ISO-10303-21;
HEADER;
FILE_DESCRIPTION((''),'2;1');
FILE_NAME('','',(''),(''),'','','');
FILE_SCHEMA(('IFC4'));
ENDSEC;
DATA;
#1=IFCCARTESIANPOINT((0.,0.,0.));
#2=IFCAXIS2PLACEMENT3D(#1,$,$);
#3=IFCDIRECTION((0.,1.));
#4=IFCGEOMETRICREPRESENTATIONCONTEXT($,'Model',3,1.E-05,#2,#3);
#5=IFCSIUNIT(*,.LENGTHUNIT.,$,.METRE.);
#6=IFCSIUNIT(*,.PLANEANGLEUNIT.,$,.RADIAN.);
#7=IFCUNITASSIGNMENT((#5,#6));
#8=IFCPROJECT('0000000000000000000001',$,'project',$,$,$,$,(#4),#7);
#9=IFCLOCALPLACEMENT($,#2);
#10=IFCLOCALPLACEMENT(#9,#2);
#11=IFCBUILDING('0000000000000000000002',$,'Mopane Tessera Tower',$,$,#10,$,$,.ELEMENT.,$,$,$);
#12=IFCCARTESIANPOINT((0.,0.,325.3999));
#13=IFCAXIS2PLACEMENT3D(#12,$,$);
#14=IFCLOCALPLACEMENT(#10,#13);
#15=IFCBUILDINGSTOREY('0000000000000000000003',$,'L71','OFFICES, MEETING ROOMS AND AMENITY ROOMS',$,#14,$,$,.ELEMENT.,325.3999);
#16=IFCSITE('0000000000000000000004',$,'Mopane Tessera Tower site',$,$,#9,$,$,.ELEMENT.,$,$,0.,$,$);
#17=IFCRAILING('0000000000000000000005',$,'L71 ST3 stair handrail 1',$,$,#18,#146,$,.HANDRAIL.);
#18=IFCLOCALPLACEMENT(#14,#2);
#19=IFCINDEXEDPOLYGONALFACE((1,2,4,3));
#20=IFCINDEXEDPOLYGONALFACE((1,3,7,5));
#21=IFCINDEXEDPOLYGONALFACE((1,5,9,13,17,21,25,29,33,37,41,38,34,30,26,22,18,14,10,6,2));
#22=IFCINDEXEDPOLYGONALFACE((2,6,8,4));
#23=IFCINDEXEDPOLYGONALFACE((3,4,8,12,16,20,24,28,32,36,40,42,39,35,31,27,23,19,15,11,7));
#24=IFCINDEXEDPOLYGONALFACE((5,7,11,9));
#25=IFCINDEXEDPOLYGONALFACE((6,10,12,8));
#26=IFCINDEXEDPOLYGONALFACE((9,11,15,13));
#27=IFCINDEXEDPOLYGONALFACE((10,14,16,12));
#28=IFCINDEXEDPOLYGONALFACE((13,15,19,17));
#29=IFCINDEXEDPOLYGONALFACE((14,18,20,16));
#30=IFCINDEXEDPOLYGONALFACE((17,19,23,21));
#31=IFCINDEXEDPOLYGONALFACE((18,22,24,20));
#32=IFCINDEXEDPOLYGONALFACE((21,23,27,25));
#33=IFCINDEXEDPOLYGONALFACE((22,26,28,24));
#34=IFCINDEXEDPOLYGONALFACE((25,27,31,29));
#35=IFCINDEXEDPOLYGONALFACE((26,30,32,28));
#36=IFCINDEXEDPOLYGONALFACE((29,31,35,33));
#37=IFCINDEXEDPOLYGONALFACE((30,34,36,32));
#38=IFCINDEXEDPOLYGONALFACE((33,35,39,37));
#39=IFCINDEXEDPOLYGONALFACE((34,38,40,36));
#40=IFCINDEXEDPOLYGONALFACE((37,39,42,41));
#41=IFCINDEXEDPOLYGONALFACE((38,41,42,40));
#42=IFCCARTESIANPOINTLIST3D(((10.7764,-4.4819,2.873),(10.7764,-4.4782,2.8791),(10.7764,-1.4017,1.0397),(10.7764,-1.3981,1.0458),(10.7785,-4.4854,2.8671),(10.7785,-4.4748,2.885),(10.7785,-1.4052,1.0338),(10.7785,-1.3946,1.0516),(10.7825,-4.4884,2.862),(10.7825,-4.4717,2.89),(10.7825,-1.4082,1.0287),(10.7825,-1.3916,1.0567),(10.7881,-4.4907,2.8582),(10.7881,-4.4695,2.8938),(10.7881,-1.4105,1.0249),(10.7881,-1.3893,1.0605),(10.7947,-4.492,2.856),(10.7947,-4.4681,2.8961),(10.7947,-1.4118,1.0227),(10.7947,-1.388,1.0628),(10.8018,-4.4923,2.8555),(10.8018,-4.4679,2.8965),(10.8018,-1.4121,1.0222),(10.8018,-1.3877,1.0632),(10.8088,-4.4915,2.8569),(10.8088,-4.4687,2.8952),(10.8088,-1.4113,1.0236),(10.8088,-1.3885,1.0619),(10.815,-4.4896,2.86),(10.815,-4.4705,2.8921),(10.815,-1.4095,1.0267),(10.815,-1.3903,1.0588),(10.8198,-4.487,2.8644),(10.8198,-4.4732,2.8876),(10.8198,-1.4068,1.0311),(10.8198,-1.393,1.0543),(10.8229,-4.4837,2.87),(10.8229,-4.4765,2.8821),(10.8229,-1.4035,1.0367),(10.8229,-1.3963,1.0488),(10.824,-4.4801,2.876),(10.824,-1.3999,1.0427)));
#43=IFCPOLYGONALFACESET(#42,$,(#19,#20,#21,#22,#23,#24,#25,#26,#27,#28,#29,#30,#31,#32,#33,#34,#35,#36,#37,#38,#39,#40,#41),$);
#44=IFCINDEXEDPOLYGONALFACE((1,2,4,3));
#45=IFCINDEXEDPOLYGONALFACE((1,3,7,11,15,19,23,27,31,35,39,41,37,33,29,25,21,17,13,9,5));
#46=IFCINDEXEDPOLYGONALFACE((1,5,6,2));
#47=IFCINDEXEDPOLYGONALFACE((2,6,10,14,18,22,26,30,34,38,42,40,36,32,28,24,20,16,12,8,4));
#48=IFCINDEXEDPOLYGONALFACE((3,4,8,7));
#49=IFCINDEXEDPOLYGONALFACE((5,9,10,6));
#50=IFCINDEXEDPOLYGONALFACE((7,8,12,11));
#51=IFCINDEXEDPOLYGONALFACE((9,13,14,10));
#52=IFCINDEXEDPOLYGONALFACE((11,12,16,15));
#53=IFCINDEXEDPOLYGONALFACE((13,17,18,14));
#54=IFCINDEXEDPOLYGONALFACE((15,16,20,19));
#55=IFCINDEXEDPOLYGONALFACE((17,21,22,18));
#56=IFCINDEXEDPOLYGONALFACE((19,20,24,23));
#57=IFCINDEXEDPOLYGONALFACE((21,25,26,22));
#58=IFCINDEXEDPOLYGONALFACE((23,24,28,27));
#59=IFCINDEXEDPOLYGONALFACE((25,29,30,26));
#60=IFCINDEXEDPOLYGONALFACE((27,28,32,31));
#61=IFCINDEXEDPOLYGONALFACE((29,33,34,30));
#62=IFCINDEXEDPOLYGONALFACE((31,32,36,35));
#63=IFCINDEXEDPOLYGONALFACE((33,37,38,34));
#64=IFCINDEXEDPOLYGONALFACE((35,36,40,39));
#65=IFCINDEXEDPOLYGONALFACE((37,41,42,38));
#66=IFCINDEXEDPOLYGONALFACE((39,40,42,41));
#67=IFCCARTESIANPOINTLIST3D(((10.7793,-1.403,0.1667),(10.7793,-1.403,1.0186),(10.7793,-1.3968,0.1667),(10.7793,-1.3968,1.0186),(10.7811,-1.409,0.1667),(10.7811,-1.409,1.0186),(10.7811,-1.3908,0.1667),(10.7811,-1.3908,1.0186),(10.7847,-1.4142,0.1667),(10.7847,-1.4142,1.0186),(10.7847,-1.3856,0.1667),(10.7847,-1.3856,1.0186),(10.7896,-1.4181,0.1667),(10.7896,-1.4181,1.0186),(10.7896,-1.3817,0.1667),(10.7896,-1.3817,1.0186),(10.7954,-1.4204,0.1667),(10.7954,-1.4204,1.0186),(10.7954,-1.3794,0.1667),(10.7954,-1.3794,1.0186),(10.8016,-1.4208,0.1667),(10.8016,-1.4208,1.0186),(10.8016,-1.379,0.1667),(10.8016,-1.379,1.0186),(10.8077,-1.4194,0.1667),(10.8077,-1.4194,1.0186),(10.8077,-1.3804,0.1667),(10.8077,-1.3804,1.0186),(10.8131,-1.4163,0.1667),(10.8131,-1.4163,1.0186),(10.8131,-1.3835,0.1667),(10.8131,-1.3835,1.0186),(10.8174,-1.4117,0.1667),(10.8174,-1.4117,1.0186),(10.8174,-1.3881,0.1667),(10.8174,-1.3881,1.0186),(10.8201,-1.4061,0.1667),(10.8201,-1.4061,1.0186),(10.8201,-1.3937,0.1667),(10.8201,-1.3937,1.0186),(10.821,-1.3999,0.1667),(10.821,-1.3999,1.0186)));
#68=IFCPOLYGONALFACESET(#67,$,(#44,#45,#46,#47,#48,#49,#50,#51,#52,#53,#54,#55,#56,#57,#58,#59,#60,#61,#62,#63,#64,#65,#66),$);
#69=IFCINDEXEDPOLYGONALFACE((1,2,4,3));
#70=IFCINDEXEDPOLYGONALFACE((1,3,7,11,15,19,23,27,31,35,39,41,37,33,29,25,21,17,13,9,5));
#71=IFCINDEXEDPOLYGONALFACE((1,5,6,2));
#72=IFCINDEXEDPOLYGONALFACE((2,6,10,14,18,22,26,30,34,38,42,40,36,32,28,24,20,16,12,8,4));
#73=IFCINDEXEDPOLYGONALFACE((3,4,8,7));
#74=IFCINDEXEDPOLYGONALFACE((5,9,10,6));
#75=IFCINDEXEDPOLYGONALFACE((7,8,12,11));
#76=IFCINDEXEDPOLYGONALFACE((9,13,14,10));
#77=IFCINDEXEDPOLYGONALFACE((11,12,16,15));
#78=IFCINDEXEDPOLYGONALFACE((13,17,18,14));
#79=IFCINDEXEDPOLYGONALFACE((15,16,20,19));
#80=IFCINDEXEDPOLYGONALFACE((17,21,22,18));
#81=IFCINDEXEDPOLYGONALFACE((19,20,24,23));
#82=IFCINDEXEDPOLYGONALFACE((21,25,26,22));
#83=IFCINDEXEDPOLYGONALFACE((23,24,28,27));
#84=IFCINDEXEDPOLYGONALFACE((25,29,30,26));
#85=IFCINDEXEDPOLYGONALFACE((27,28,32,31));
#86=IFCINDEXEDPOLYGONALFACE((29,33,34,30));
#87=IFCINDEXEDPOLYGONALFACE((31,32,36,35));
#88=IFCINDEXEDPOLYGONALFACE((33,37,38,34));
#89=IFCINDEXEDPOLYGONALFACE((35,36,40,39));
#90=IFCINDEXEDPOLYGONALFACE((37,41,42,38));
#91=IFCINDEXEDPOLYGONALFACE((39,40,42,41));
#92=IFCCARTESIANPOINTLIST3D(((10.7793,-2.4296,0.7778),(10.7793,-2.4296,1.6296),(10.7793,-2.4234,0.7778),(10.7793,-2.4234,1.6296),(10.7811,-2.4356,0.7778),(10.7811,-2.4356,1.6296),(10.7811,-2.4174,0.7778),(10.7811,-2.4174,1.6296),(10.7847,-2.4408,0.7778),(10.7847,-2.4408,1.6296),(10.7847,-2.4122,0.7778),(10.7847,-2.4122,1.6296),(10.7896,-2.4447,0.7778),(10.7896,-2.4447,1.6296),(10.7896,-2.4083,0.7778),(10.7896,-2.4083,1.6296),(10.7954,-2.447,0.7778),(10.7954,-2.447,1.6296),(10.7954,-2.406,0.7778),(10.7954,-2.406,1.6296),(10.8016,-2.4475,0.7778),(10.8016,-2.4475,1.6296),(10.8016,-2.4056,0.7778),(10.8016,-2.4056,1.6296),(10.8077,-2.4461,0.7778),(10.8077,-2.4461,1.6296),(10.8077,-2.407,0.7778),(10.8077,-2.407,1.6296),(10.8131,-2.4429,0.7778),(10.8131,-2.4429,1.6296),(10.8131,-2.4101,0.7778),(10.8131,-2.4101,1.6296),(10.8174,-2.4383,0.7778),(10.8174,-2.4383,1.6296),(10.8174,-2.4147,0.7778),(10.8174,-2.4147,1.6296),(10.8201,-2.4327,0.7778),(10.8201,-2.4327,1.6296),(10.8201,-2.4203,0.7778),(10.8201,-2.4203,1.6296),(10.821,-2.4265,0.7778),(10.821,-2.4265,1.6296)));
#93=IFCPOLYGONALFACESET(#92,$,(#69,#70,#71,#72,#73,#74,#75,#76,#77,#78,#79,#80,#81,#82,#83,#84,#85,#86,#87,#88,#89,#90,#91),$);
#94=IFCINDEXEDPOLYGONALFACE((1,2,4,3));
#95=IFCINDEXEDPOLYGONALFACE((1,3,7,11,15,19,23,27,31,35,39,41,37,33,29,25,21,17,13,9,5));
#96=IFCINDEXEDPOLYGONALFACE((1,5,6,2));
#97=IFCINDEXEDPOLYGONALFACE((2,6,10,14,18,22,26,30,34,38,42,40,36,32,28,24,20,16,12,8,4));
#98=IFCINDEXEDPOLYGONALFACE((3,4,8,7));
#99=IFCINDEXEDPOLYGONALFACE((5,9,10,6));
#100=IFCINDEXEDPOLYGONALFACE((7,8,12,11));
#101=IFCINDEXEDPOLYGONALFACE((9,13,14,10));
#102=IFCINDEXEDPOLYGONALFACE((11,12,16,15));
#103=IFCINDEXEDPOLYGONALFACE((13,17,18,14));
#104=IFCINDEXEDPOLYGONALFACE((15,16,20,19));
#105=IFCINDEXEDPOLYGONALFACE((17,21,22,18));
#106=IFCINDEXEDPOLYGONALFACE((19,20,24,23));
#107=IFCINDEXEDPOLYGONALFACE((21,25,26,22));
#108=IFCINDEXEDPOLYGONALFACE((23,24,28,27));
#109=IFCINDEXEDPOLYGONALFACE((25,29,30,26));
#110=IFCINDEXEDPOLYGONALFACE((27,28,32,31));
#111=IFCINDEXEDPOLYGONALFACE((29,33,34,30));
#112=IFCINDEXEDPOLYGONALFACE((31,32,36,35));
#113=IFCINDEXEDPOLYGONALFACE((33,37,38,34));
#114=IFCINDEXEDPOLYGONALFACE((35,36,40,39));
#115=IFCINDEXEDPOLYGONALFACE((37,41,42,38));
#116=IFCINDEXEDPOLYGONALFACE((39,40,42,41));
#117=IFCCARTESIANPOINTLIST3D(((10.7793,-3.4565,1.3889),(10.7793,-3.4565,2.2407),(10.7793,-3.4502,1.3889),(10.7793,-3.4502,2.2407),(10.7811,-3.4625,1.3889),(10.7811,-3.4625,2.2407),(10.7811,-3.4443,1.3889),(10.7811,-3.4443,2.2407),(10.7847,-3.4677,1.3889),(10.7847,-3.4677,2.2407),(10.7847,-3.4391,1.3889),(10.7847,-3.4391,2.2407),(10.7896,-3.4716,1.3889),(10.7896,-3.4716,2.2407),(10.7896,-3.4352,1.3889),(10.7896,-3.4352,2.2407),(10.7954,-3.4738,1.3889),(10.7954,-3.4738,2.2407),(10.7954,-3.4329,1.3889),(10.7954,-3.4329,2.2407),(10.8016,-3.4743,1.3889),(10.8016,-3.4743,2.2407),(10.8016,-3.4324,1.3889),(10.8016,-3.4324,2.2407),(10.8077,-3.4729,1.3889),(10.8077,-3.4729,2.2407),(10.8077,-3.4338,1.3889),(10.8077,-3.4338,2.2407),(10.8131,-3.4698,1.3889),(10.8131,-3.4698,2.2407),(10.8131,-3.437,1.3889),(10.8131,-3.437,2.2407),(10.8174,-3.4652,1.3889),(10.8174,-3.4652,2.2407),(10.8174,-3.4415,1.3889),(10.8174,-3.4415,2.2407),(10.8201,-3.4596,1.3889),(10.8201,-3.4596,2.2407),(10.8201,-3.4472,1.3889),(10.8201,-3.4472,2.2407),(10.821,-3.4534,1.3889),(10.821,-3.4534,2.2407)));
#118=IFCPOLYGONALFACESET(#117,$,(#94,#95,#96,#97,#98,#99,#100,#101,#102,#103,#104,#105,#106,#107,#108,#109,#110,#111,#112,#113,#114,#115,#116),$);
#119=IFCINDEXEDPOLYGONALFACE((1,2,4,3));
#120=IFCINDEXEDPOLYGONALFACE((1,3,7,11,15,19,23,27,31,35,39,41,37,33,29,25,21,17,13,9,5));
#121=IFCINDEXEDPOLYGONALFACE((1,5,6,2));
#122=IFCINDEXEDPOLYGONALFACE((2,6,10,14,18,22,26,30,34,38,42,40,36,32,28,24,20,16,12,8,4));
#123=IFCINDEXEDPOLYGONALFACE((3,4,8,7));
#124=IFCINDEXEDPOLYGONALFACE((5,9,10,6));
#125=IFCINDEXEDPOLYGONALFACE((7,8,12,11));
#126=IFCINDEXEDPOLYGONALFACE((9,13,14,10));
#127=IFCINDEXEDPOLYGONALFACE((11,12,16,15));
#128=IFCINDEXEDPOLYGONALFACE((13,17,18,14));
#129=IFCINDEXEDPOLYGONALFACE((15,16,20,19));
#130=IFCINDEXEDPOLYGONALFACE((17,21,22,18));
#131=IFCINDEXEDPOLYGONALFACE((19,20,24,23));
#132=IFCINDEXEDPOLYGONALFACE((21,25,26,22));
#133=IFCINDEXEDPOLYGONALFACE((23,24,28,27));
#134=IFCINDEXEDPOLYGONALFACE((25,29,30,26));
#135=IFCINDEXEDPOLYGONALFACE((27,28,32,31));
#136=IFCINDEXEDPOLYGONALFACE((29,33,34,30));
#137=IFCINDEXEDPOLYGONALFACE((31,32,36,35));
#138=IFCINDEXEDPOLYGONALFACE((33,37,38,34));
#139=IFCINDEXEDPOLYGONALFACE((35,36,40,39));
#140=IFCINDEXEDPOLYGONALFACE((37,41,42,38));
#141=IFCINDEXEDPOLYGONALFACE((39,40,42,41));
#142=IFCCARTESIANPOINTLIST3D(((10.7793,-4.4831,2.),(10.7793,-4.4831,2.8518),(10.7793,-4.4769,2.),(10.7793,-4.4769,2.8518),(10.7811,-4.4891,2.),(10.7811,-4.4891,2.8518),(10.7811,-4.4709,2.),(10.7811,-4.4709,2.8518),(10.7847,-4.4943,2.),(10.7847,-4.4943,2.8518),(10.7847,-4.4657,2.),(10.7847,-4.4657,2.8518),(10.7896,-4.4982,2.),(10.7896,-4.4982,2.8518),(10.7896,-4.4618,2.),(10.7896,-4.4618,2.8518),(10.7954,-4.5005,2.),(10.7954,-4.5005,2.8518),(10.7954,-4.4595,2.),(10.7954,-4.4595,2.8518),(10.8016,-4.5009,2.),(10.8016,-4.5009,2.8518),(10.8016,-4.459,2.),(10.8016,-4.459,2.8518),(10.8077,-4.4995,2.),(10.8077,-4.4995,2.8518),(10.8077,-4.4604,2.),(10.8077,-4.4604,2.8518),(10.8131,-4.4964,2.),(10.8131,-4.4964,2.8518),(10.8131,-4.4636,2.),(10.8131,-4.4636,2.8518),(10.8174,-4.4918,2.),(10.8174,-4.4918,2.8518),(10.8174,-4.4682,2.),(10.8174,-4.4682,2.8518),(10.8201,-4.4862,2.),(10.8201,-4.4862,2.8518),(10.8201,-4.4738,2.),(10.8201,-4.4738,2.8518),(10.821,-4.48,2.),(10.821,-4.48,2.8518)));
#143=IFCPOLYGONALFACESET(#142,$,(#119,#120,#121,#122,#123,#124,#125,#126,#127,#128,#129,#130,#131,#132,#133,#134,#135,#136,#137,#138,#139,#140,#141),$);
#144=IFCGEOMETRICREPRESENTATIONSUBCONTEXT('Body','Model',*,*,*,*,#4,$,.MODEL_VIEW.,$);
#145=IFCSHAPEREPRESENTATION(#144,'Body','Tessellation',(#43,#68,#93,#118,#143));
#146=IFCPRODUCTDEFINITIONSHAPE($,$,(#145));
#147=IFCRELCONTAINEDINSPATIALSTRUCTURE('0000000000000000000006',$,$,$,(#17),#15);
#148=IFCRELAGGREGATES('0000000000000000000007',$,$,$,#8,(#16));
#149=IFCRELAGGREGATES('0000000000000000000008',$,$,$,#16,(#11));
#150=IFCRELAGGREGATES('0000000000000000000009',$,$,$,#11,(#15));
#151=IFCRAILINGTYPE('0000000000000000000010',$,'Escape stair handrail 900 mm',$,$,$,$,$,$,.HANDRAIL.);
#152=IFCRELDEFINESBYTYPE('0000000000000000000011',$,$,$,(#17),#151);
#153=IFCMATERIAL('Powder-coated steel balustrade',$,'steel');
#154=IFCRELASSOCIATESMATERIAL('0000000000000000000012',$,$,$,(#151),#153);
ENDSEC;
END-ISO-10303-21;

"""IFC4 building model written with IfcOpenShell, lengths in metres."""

from ifc_helpers import new_model, si_unit, direction, frame, origin, origin_2d, place, context, subcontext, project, spatial, circle, extrude, material, type_object, element, save


model = new_model("IFC4")

# Units and contexts
model_context = context("Model", 3, precision=1e-05, world=origin(), true_north=direction((0.0, 1.0)))
body_context = subcontext(model_context, "Body", "Model", "MODEL_VIEW")
ifc_project = project(units=[si_unit("LENGTHUNIT", "METRE"), si_unit("PLANEANGLEUNIT", "RADIAN")], contexts=[model_context])

# Site, building, storey
site_placement = place(None, origin())
site = spatial("IfcSite", under=ifc_project, at=site_placement, Name="Mopane Tessera Tower site", CompositionType="ELEMENT", RefElevation=0.0)
building_placement = place(site_placement, origin())
building = spatial("IfcBuilding", under=site, at=building_placement, Name="Mopane Tessera Tower", CompositionType="ELEMENT")
storey_placement = place(building_placement, frame((0.0, 0.0, 325.3999)))
storey = spatial("IfcBuildingStorey", under=building, at=storey_placement, Name="L71", Description="OFFICES, MEETING ROOMS AND AMENITY ROOMS", CompositionType="ELEMENT", Elevation=325.3999)

# Railing
ifc_material_1 = material(Name="Powder-coated steel balustrade", Category="steel")
railing_type_1 = type_object("IfcRailingType", Name="Escape stair handrail 900 mm", PredefinedType="HANDRAIL", material=ifc_material_1)
railing_1_placement = place(storey_placement, frame((10.8, -1.3999, 0.1667)))
element("IfcRailing", 1, at=railing_1_placement, inside=storey, type_object=railing_type_1, Name="L71 ST3 stair handrail 1", PredefinedType="HANDRAIL", context=body_context, shape_type="SweptSolid", body=[
    extrude(circle(Radius=0.0239, at=origin_2d()), frame((0.0, 0.0, 0.876), z_axis=(0.0, -0.859309, 0.511458), x_axis=(1.0, 0.0, 0.0)), (0.0, 0.0, 1.0), 3.5845),
    extrude(circle(Radius=0.021, at=origin_2d()), origin(), (0.0, 0.0, 1.0), 0.8518),
    extrude(circle(Radius=0.021, at=origin_2d()), frame((0.0, -1.0266, 0.6111)), (0.0, 0.0, 1.0), 0.8518),
    extrude(circle(Radius=0.021, at=origin_2d()), frame((0.0, -2.0535, 1.2222)), (0.0, 0.0, 1.0), 0.8518),
    extrude(circle(Radius=0.021, at=origin_2d()), frame((0.0, -3.0801, 1.8333)), (0.0, 0.0, 1.0), 0.8518),
])

save(model, "model.ifc")
